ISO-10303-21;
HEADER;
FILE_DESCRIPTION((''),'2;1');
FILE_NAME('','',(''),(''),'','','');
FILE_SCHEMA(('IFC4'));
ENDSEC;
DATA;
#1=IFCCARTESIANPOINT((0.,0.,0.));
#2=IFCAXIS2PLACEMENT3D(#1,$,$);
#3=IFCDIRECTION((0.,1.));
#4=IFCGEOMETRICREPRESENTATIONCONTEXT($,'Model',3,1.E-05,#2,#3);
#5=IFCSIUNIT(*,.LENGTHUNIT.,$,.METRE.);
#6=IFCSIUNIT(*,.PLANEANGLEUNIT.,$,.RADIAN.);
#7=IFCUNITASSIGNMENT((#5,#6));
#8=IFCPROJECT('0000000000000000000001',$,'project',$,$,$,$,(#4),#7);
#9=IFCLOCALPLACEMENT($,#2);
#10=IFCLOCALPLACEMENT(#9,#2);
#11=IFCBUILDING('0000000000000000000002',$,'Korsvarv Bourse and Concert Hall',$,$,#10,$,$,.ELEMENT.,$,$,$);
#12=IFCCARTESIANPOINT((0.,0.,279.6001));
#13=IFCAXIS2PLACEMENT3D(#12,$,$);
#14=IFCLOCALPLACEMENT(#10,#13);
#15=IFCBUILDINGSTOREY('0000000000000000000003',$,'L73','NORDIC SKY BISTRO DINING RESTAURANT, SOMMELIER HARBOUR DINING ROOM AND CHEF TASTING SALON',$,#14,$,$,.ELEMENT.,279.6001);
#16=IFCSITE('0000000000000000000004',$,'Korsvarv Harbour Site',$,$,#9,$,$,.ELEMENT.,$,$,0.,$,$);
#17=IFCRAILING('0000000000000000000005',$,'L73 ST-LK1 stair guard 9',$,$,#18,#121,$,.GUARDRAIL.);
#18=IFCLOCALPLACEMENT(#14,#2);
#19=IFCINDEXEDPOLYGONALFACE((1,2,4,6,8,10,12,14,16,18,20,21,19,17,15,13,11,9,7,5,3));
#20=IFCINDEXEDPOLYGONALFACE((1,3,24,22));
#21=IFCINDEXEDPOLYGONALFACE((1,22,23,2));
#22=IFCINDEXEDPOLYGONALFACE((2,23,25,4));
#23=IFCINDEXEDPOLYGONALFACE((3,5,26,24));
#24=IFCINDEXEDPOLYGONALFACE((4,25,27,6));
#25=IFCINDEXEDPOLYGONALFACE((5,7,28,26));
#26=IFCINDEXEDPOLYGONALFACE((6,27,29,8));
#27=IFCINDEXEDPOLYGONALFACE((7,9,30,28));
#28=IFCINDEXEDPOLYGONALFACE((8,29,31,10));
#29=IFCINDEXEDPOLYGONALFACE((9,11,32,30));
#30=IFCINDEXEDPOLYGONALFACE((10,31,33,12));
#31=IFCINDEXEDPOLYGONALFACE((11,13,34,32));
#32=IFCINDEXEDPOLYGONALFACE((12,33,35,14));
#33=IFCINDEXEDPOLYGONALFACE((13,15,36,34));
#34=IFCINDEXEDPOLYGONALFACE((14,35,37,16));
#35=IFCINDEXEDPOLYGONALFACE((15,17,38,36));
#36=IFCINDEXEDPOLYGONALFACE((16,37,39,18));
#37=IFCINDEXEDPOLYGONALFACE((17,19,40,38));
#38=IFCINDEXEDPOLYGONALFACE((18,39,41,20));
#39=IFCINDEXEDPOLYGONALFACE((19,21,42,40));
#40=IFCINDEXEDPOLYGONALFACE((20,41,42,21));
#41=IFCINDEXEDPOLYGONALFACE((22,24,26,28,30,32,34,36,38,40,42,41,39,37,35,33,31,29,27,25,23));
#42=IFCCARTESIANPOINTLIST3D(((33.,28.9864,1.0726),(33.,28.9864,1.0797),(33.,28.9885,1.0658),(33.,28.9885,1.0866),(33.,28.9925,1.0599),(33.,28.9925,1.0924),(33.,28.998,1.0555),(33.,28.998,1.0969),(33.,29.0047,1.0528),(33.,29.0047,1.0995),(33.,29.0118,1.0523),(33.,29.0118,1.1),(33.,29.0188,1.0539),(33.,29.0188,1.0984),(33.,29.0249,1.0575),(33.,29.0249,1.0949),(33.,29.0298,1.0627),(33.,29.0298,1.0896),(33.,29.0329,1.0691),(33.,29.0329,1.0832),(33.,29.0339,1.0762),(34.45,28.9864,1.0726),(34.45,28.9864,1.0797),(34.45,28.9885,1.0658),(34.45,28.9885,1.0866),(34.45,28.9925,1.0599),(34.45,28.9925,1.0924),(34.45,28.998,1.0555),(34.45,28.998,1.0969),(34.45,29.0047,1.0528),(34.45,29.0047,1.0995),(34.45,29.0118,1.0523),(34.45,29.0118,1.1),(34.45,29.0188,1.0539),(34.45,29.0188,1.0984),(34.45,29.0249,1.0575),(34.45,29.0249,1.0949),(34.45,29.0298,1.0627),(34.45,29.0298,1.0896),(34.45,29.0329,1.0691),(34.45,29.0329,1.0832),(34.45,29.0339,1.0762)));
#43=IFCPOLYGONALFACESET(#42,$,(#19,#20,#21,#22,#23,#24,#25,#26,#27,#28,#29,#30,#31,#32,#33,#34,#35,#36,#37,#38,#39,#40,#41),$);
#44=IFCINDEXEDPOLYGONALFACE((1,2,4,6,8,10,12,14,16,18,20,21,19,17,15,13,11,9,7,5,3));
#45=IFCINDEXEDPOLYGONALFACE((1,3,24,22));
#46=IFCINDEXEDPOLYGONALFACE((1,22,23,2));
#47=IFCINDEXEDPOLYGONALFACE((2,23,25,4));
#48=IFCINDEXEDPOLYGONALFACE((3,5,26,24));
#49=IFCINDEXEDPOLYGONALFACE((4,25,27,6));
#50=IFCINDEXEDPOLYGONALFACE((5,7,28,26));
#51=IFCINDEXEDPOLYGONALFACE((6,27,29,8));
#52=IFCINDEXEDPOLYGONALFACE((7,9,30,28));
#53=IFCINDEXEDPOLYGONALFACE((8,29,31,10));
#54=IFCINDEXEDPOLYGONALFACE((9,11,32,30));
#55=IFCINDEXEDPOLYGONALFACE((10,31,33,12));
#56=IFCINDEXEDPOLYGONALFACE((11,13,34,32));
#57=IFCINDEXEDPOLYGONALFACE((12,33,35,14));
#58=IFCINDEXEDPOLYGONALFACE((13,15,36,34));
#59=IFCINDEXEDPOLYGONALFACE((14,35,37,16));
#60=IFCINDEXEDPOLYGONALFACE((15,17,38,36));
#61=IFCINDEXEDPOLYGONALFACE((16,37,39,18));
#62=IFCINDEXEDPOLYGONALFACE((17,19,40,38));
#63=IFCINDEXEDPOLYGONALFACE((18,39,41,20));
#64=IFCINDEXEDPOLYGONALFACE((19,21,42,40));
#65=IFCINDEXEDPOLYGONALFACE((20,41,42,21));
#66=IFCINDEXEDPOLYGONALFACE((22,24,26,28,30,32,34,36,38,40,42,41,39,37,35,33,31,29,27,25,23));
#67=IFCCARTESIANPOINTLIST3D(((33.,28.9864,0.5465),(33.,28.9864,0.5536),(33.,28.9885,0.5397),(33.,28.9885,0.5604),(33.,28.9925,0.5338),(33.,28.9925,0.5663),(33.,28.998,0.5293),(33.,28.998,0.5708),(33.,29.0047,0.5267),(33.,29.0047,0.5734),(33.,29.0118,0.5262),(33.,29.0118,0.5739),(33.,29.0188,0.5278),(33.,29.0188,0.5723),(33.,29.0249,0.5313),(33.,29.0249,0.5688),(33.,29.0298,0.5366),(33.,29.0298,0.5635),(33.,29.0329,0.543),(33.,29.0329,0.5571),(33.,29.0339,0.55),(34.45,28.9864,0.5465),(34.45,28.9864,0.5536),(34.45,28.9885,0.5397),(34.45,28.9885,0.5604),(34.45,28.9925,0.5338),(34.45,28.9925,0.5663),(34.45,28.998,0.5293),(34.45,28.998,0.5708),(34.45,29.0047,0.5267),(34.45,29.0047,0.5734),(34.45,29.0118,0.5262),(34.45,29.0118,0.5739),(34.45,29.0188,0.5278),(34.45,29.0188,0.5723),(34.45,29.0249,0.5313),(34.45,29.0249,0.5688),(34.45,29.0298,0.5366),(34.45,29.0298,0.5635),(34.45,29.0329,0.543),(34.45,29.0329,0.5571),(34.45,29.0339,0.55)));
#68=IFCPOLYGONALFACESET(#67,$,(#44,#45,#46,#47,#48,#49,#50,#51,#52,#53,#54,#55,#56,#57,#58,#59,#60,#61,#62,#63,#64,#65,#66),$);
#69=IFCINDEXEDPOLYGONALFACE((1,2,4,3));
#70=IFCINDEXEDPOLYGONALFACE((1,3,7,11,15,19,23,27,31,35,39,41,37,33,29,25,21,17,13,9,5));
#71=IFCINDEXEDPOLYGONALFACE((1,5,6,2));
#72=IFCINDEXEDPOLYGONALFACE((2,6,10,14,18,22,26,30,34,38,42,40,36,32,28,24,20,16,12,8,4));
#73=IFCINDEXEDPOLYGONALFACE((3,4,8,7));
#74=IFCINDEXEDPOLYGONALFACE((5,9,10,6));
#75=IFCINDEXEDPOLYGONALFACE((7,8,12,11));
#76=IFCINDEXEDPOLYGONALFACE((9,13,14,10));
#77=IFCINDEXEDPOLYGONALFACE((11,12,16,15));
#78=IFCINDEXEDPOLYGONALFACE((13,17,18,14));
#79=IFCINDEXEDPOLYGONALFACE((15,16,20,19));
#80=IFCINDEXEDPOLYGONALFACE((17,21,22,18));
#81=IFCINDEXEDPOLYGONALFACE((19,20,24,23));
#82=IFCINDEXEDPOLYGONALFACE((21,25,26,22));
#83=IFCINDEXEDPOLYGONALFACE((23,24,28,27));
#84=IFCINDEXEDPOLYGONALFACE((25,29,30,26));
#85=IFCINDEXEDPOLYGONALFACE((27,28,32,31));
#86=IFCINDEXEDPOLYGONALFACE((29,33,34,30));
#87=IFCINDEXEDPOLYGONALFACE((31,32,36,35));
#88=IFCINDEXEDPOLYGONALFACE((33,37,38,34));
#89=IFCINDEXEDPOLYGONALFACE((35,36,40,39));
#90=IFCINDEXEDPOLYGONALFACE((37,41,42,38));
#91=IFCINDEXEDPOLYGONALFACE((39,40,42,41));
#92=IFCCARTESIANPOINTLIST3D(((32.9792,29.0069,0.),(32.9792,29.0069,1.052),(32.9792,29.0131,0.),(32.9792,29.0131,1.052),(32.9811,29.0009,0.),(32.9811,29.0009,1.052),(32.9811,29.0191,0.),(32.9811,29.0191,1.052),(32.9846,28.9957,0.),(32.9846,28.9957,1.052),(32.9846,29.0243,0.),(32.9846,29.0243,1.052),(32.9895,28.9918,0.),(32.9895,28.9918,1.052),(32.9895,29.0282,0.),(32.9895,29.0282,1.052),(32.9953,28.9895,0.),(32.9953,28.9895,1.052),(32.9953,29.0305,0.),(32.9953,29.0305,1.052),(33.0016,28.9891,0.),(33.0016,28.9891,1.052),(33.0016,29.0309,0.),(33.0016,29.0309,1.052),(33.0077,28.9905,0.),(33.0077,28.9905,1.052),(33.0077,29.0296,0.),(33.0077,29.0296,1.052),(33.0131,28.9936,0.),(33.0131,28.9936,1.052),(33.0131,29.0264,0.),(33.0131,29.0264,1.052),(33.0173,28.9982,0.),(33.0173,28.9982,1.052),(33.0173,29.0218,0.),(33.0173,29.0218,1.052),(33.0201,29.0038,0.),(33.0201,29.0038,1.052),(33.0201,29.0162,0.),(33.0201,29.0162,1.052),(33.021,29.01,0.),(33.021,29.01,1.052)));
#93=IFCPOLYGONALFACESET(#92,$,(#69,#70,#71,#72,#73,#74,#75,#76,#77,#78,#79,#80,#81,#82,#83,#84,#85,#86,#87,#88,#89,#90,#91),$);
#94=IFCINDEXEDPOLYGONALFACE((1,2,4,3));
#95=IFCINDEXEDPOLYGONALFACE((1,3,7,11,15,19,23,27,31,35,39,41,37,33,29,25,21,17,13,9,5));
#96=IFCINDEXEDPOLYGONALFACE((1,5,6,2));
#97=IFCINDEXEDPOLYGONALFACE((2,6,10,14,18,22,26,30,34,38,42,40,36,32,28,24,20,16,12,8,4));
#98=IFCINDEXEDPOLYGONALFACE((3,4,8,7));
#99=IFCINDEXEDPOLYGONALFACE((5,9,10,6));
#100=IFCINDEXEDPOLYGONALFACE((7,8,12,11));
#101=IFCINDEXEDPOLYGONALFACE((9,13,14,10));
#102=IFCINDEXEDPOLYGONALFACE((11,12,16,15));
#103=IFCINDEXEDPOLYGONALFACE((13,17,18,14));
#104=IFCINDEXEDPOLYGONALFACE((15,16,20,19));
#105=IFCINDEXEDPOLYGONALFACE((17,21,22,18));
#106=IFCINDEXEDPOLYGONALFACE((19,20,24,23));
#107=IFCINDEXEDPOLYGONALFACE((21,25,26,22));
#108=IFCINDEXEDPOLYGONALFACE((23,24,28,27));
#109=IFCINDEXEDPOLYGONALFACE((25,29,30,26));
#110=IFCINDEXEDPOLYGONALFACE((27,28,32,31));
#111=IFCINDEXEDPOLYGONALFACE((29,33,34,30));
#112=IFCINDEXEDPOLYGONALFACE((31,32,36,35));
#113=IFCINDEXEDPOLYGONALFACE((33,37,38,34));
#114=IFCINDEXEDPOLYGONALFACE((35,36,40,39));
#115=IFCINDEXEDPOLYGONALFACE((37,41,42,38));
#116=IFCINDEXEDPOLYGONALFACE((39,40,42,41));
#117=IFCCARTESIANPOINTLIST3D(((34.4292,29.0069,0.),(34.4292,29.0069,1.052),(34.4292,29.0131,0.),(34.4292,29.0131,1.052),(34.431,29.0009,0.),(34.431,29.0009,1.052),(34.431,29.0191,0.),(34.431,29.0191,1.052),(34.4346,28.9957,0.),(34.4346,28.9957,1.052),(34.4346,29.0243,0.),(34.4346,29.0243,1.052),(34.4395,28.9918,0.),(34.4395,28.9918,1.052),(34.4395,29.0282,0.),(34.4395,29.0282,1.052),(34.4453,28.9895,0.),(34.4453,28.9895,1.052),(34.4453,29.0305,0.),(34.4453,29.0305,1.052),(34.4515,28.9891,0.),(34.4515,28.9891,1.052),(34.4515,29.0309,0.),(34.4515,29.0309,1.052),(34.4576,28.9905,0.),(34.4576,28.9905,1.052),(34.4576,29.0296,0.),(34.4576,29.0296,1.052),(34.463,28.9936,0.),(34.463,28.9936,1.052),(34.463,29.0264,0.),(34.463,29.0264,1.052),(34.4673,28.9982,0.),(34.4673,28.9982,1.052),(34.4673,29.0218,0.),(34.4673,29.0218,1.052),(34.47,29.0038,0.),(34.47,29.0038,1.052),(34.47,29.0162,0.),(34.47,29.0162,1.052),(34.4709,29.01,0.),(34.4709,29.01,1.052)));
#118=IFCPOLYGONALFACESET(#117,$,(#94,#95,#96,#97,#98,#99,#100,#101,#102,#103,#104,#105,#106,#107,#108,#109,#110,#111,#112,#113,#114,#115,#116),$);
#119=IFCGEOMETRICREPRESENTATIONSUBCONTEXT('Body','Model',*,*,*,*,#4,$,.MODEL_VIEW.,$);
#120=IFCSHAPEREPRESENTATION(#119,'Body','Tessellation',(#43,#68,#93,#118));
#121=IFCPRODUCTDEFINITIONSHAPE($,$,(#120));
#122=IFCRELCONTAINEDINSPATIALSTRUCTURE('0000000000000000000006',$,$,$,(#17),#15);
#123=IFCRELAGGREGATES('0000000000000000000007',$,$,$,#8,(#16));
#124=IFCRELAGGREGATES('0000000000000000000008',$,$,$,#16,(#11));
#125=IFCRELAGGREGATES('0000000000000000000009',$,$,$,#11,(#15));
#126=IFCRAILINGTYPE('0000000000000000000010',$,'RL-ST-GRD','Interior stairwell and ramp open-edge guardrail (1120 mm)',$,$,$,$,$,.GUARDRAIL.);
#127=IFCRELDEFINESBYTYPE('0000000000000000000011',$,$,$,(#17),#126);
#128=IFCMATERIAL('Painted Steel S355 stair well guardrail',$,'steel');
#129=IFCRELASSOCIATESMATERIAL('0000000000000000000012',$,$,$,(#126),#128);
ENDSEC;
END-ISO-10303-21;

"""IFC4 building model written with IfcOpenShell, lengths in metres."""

from ifc_helpers import new_model, si_unit, direction, frame, origin, origin_2d, place, context, subcontext, project, spatial, circle, extrude, material, type_object, element, save


model = new_model("IFC4")

# Units and contexts
model_context = context("Model", 3, precision=1e-05, world=origin(), true_north=direction((0.0, 1.0)))
body_context = subcontext(model_context, "Body", "Model", "MODEL_VIEW")
ifc_project = project(units=[si_unit("LENGTHUNIT", "METRE"), si_unit("PLANEANGLEUNIT", "RADIAN")], contexts=[model_context])

# Site, building, storey
site_placement = place(None, origin())
site = spatial("IfcSite", under=ifc_project, at=site_placement, Name="Korsvarv Harbour Site", CompositionType="ELEMENT", RefElevation=0.0)
building_placement = place(site_placement, origin())
building = spatial("IfcBuilding", under=site, at=building_placement, Name="Korsvarv Bourse and Concert Hall", CompositionType="ELEMENT")
storey_placement = place(building_placement, frame((0.0, 0.0, 279.6001)))
storey = spatial("IfcBuildingStorey", under=building, at=storey_placement, Name="L73", Description="NORDIC SKY BISTRO DINING RESTAURANT, SOMMELIER HARBOUR DINING ROOM AND CHEF TASTING SALON", CompositionType="ELEMENT", Elevation=279.6001)

# Railing
ifc_material_1 = material(Name="Painted Steel S355 stair well guardrail", Category="steel")
railing_type_1 = type_object("IfcRailingType", Name="RL-ST-GRD", Description="Interior stairwell and ramp open-edge guardrail (1120 mm)", PredefinedType="GUARDRAIL", material=ifc_material_1)
for number, where, name in (
    (1, (33.0, 29.01, 0.0), "L73 ST-LK1 stair guard 9"),
):
    element("IfcRailing", number, at=place(storey_placement, frame(where)), inside=storey, type_object=railing_type_1, Name=name, PredefinedType="GUARDRAIL", context=body_context, shape_type="SweptSolid", body=[
        extrude(circle(Radius=0.0239, at=origin_2d()), frame((0.0, 0.0, 1.0762), z_axis=(1.0, 0.0, 0.0), x_axis=(0.0, 1.0, 0.0)), (0.0, 0.0, 1.0), 1.45),
        extrude(circle(Radius=0.0239, at=origin_2d()), frame((0.0, 0.0, 0.55), z_axis=(1.0, 0.0, 0.0), x_axis=(0.0, 1.0, 0.0)), (0.0, 0.0, 1.0), 1.45),
        extrude(circle(Radius=0.021, at=origin_2d()), origin(), (0.0, 0.0, 1.0), 1.052),
        extrude(circle(Radius=0.021, at=origin_2d()), frame((1.45, 0.0, 0.0)), (0.0, 0.0, 1.0), 1.052),
    ])

save(model, "model.ifc")
